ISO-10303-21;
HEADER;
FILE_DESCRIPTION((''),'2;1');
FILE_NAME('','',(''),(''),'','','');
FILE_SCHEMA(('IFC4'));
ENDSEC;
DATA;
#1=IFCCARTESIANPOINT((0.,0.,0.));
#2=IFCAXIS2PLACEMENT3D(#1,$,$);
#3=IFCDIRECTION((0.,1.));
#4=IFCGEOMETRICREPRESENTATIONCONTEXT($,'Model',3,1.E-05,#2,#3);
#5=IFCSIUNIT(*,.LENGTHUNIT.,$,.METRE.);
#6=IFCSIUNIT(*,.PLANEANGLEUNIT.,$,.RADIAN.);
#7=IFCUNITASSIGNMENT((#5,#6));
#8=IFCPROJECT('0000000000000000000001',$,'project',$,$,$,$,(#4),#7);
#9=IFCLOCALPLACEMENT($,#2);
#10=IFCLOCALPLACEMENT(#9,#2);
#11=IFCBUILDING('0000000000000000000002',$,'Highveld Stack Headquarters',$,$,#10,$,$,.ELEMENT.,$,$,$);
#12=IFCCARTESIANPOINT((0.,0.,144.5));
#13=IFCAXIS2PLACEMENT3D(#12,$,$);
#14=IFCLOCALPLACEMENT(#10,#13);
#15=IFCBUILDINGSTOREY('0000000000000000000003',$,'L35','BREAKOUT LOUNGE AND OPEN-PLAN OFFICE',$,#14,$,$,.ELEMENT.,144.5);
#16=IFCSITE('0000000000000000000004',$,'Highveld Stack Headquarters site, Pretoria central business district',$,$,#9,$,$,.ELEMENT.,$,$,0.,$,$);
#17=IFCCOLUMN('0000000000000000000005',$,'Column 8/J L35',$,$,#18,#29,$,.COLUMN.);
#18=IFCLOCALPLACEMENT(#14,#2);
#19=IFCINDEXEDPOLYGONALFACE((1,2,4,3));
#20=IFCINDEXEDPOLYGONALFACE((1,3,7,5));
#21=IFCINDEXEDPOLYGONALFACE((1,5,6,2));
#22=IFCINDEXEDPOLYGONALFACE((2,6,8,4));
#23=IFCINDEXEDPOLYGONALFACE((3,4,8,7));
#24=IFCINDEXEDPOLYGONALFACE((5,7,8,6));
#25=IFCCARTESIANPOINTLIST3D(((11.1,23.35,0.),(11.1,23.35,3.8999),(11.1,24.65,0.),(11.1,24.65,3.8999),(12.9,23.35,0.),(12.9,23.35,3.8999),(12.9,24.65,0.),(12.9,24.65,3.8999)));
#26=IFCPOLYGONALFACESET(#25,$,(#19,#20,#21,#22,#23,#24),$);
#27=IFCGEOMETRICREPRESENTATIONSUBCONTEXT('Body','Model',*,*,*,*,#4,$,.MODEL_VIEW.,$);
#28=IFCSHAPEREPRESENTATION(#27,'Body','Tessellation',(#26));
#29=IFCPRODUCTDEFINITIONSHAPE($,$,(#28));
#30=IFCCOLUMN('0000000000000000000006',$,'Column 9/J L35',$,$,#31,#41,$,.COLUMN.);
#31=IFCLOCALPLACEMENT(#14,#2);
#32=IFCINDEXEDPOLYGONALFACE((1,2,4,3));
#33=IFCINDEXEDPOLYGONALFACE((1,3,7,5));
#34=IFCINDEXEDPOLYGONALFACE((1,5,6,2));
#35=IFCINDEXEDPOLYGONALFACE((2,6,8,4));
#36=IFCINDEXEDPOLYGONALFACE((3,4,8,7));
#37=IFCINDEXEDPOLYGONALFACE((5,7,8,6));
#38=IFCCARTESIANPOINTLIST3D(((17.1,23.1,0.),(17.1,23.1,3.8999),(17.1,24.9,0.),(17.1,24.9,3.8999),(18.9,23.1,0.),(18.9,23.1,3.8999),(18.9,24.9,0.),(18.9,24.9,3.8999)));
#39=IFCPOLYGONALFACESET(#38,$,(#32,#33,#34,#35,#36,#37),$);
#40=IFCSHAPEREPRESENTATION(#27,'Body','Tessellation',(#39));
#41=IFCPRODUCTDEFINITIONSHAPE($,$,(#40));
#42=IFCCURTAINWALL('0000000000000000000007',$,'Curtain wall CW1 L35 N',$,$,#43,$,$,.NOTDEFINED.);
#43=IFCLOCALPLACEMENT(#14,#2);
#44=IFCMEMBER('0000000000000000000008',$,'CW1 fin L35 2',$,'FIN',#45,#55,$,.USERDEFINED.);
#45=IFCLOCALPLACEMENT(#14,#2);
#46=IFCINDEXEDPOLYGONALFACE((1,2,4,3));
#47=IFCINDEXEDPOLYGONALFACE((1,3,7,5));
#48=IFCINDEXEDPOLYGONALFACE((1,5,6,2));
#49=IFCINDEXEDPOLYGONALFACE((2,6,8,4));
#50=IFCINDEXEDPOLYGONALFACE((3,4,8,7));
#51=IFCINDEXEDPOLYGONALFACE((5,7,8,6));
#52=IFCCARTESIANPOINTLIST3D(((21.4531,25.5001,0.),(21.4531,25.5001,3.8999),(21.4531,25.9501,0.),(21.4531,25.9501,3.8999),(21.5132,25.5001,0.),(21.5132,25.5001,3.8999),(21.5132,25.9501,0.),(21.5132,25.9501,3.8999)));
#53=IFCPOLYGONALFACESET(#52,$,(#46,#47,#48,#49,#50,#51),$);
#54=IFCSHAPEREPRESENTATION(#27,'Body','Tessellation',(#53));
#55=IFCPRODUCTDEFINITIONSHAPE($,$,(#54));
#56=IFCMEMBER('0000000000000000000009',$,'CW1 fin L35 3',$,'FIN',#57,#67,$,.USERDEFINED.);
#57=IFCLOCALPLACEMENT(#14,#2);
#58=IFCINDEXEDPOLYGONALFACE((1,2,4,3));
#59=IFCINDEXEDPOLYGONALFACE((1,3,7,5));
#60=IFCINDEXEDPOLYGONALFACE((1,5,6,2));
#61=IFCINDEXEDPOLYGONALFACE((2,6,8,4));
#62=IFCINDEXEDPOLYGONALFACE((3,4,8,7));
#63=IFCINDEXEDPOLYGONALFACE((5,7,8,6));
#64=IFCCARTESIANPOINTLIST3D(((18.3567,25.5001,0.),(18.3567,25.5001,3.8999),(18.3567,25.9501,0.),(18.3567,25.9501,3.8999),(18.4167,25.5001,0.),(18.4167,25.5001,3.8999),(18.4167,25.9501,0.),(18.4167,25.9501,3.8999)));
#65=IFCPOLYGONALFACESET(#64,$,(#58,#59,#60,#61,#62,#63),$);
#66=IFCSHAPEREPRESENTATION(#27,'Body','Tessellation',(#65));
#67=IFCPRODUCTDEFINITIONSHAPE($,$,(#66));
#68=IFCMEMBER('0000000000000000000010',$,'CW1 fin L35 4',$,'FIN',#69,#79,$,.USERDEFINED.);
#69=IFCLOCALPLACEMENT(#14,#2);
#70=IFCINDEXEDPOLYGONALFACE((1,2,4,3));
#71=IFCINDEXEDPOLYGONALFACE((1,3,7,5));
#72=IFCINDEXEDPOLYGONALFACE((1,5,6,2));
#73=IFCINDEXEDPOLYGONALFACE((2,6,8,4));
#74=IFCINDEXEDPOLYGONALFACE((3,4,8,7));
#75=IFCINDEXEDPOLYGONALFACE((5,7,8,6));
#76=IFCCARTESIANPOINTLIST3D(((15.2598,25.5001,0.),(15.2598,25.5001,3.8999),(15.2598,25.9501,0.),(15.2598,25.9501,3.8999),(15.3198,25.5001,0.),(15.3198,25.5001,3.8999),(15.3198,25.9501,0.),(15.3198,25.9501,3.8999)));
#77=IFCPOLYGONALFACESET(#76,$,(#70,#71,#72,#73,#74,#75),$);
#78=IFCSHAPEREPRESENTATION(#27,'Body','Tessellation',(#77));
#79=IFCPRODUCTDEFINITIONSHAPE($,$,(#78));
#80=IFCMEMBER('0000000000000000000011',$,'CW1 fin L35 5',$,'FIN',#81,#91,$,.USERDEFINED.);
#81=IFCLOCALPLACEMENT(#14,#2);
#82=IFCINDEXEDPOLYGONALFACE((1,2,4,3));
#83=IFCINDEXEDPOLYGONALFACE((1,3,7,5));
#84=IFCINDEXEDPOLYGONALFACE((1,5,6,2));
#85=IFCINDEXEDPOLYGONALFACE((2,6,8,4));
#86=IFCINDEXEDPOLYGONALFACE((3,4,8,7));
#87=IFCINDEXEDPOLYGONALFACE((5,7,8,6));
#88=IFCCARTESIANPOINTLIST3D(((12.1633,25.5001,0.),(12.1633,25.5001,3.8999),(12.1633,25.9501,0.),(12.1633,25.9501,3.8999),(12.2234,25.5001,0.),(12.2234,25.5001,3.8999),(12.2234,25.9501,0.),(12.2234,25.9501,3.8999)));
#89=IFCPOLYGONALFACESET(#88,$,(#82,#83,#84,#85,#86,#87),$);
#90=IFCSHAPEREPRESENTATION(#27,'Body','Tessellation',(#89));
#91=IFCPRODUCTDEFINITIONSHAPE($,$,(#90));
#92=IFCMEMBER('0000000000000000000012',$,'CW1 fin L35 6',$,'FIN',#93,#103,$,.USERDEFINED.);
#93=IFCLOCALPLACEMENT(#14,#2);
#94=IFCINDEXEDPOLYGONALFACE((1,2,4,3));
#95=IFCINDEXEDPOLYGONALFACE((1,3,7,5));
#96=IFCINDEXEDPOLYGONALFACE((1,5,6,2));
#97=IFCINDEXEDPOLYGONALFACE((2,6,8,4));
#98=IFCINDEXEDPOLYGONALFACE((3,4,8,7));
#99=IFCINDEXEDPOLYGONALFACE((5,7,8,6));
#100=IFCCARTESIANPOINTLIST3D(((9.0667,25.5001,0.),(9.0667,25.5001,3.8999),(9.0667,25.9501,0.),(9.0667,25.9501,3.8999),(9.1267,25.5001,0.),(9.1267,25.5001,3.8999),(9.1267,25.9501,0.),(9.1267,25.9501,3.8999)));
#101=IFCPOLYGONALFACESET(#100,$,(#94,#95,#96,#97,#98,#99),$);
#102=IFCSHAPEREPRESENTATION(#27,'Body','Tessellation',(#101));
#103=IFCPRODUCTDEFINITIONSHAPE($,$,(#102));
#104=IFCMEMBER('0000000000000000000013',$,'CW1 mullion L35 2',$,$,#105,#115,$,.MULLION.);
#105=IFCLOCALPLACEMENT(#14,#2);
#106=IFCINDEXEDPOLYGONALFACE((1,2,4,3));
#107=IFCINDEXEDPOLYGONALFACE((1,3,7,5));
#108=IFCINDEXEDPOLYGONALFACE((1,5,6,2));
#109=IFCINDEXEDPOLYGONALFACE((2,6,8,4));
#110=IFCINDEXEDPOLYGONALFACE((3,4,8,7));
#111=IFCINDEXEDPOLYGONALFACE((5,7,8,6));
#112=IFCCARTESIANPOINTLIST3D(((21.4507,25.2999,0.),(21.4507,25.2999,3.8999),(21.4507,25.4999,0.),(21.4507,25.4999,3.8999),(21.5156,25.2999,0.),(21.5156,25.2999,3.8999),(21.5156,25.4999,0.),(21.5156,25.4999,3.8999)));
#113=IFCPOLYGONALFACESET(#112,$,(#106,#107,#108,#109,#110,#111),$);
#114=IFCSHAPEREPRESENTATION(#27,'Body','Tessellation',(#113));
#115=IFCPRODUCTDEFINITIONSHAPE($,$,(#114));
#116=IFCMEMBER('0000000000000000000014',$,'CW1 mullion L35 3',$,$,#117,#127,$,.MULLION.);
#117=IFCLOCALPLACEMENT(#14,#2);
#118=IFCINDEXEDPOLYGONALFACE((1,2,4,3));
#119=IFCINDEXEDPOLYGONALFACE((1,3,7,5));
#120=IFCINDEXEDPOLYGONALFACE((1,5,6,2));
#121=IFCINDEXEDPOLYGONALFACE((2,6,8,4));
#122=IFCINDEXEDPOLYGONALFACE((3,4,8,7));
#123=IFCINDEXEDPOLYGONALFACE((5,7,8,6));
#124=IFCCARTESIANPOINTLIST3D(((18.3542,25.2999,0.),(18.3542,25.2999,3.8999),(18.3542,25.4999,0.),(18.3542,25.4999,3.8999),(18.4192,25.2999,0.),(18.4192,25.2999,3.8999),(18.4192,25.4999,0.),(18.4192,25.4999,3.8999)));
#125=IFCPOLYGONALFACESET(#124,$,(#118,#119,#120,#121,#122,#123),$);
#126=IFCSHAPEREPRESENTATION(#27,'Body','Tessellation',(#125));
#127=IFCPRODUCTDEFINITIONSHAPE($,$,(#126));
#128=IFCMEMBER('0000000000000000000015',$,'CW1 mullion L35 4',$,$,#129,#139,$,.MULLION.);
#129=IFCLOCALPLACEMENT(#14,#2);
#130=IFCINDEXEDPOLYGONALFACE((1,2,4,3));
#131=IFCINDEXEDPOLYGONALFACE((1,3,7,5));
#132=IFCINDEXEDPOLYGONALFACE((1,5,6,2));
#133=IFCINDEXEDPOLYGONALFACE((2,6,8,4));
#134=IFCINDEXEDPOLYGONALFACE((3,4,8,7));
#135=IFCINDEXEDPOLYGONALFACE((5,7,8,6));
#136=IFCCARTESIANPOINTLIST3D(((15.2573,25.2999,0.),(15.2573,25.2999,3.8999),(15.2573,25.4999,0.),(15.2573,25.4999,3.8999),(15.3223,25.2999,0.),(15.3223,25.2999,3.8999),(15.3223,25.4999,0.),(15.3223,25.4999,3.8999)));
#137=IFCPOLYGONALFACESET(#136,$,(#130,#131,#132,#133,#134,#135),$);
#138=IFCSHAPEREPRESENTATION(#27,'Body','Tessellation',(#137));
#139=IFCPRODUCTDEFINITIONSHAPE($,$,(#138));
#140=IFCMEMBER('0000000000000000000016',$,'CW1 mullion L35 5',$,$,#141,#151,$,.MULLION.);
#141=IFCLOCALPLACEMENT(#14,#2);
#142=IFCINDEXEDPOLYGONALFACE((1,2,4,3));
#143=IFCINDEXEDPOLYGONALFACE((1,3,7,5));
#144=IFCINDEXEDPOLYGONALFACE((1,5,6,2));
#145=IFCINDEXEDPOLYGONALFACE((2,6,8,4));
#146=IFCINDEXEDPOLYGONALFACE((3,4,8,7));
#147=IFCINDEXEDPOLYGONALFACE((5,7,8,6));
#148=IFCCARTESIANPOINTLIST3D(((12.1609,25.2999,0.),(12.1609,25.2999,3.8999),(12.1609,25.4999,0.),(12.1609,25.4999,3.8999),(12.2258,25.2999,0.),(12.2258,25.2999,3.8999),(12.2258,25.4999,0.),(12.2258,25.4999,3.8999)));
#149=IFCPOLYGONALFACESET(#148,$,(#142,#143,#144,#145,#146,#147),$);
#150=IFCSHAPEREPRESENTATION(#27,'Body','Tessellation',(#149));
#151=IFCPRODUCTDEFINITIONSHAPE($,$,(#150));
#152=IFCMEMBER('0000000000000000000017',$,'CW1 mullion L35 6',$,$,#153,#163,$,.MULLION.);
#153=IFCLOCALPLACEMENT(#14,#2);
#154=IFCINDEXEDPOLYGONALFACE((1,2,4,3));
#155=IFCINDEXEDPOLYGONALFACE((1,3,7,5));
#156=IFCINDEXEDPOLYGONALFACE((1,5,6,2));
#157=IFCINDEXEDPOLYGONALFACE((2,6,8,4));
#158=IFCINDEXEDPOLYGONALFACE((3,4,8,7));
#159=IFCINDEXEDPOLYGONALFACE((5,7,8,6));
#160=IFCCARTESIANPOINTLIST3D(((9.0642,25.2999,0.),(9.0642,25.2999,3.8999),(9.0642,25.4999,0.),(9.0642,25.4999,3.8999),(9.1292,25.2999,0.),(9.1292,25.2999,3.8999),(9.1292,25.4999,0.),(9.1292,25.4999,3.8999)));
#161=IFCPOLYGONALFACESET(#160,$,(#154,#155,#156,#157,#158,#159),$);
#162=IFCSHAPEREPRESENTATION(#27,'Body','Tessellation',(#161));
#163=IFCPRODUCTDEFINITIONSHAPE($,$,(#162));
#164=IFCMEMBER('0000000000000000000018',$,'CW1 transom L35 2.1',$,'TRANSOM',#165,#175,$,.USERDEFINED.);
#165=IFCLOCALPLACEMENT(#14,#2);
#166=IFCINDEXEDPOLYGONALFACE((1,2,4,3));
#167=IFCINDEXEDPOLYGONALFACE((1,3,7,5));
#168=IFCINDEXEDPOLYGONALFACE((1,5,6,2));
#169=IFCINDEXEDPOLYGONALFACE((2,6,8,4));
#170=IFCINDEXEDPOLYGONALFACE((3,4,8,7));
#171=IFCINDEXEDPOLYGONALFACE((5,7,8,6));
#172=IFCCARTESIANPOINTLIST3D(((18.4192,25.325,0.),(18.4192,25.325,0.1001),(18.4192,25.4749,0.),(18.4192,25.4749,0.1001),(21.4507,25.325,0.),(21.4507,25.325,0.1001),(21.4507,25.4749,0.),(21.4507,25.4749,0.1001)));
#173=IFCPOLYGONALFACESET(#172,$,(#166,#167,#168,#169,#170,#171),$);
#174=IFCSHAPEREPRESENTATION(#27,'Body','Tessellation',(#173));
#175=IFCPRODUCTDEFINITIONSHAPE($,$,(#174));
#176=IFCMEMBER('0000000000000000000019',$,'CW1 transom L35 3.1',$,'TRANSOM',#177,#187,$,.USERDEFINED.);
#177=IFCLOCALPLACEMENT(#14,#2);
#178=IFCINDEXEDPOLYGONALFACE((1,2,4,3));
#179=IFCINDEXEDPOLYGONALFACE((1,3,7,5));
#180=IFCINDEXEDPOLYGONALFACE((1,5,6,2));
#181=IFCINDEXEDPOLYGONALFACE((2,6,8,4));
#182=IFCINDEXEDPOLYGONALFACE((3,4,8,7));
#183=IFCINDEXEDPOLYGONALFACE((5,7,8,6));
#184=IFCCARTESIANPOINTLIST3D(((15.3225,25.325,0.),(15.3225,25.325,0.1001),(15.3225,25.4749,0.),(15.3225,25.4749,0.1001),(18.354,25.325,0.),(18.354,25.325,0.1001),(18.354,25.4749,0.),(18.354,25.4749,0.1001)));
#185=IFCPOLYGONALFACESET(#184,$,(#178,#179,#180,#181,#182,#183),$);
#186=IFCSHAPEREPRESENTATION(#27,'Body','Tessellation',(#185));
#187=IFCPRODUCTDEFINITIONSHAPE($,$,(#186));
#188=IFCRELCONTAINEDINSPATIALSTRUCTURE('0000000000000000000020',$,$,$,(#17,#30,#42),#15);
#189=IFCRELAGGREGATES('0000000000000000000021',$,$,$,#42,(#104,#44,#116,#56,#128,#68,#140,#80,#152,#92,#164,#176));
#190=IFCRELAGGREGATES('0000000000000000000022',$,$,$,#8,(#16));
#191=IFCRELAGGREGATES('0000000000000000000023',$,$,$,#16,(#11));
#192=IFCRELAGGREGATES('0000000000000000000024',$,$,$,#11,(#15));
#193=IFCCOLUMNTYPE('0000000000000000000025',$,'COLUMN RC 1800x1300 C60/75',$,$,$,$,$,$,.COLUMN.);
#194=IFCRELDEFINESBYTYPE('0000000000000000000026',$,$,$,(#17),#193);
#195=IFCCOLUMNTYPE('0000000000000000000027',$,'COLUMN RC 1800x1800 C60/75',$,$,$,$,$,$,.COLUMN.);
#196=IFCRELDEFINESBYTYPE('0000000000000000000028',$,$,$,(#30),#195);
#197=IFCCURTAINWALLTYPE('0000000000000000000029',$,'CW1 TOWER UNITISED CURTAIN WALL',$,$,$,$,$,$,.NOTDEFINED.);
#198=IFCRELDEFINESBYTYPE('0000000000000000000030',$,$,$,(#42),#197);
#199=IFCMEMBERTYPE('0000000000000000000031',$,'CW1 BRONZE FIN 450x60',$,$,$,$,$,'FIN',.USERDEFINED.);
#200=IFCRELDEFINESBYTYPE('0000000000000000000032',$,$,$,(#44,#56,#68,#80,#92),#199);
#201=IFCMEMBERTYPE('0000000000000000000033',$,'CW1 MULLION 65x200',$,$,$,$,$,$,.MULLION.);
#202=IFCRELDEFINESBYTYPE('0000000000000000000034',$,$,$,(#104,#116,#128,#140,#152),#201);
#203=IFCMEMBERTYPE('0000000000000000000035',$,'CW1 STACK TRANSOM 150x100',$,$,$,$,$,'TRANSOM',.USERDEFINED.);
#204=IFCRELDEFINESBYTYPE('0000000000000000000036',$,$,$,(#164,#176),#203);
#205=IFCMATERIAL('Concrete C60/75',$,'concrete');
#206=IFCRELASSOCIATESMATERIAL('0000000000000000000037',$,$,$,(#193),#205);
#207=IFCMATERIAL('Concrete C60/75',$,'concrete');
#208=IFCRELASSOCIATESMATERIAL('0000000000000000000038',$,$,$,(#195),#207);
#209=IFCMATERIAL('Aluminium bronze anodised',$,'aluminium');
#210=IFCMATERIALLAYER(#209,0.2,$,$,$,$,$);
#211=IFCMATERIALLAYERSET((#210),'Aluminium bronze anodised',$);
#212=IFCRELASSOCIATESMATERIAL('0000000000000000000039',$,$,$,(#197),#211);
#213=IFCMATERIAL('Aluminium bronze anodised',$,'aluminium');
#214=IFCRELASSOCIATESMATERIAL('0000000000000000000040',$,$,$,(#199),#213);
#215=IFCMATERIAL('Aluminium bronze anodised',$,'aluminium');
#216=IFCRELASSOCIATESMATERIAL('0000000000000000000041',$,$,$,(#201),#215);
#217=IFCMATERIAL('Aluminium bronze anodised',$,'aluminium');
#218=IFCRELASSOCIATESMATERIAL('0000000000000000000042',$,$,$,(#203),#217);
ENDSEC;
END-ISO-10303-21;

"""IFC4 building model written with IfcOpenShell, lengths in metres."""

from ifc_helpers import new_model, si_unit, direction, frame, origin, origin_2d, place, context, subcontext, project, spatial, rectangle, extrude, material, layer, layer_set, material_profile, profile_set, type_object, element, aggregate, save


model = new_model("IFC4")

# Units and contexts
model_context = context("Model", 3, precision=1e-05, world=origin(), true_north=direction((0.0, 1.0)))
body_context = subcontext(model_context, "Body", "Model", "MODEL_VIEW")
ifc_project = project(units=[si_unit("LENGTHUNIT", "METRE"), si_unit("PLANEANGLEUNIT", "RADIAN")], contexts=[model_context])

# Site, building, storey
site_placement = place(None, origin())
site = spatial("IfcSite", under=ifc_project, at=site_placement, Name="Highveld Stack Headquarters site, Pretoria central business district", CompositionType="ELEMENT", RefElevation=0.0)
building_placement = place(site_placement, origin())
building = spatial("IfcBuilding", under=site, at=building_placement, Name="Highveld Stack Headquarters", CompositionType="ELEMENT")
storey_placement = place(building_placement, frame((0.0, 0.0, 144.5)))
storey = spatial("IfcBuildingStorey", under=building, at=storey_placement, Name="L35", Description="BREAKOUT LOUNGE AND OPEN-PLAN OFFICE", CompositionType="ELEMENT", Elevation=144.5)

# Columns
ifc_material_1 = material(Name="Concrete C60/75", Category="concrete")
ifc_material_profile_1 = material_profile(ifc_material_1, rectangle(XDim=1.8, YDim=1.3, at=origin_2d()), Name="RC 1800x1300")
ifc_profile_set_1 = profile_set([ifc_material_profile_1], Name="Concrete C60/75")
column_type_1 = type_object("IfcColumnType", Name="COLUMN RC 1800x1300 C60/75", PredefinedType="COLUMN", material=ifc_profile_set_1)
column_1_placement = place(storey_placement, frame((12.0, 24.0, 0.0), z_axis=(0.0, 0.0, 1.0), x_axis=(1.0, 0.0, 0.0)))
element("IfcColumn", 1, at=column_1_placement, inside=storey, type_object=column_type_1, Name="Column 8/J L35", PredefinedType="COLUMN", context=body_context, shape_type="SweptSolid", body=[
    extrude(rectangle(XDim=1.8, YDim=1.3, at=origin_2d()), origin(), (0.0, 0.0, 1.0), 3.8999),
])
ifc_material_2 = material(Name="Concrete C60/75", Category="concrete")
ifc_material_profile_2 = material_profile(ifc_material_2, rectangle(XDim=1.8, YDim=1.8, at=origin_2d()), Name="RC 1800x1800")
ifc_profile_set_2 = profile_set([ifc_material_profile_2], Name="Concrete C60/75")
column_type_2 = type_object("IfcColumnType", Name="COLUMN RC 1800x1800 C60/75", PredefinedType="COLUMN", material=ifc_profile_set_2)
column_2_placement = place(storey_placement, frame((18.0, 24.0, 0.0), z_axis=(0.0, 0.0, 1.0), x_axis=(1.0, 0.0, 0.0)))
element("IfcColumn", 2, at=column_2_placement, inside=storey, type_object=column_type_2, Name="Column 9/J L35", PredefinedType="COLUMN", context=body_context, shape_type="SweptSolid", body=[
    extrude(rectangle(XDim=1.8, YDim=1.8, at=origin_2d()), origin(), (0.0, 0.0, 1.0), 3.8999),
])

# Curtain wall, members
ifc_material_3 = material(Name="Aluminium bronze anodised", Category="aluminium")
ifc_layer_1 = layer(ifc_material_3, 0.2)
ifc_layer_set_1 = layer_set([ifc_layer_1], Name="Aluminium bronze anodised")
curtain_wall_type = type_object("IfcCurtainWallType", Name="CW1 TOWER UNITISED CURTAIN WALL", PredefinedType="NOTDEFINED", material=ifc_layer_set_1)
curtain_wall_placement = place(storey_placement, origin())
curtain_wall = element("IfcCurtainWall", 3, at=curtain_wall_placement, inside=storey, type_object=curtain_wall_type, Name="Curtain wall CW1 L35 N", PredefinedType="NOTDEFINED")
ifc_material_4 = material(Name="Aluminium bronze anodised", Category="aluminium")
ifc_material_profile_3 = material_profile(ifc_material_4, rectangle(XDim=0.45, YDim=0.0601, at=origin_2d()), Name="FIN 450x60")
ifc_profile_set_3 = profile_set([ifc_material_profile_3], Name="Aluminium bronze anodised")
member_type_1 = type_object("IfcMemberType", Name="CW1 BRONZE FIN 450x60", ElementType="FIN", PredefinedType="USERDEFINED", material=ifc_profile_set_3)
member_1_placement = place(storey_placement, frame((21.4832, 25.7251, 0.0), z_axis=(0.0, 0.0, 1.0), x_axis=(0.0, -1.0, 0.0)))
member_1 = element("IfcMember", 4, at=member_1_placement, type_object=member_type_1, Name="CW1 fin L35 2", ObjectType="FIN", PredefinedType="USERDEFINED", context=body_context, shape_type="SweptSolid", body=[
    extrude(rectangle(XDim=0.45, YDim=0.0601, at=origin_2d()), origin(), (0.0, 0.0, 1.0), 3.8999),
])
member_2_placement = place(storey_placement, frame((18.3867, 25.7251, 0.0), z_axis=(0.0, 0.0, 1.0), x_axis=(0.0, -1.0, 0.0)))
member_2 = element("IfcMember", 5, at=member_2_placement, type_object=member_type_1, Name="CW1 fin L35 3", ObjectType="FIN", PredefinedType="USERDEFINED", context=body_context, shape_type="SweptSolid", body=[
    extrude(rectangle(XDim=0.45, YDim=0.0601, at=origin_2d()), origin(), (0.0, 0.0, 1.0), 3.8999),
])
member_3_placement = place(storey_placement, frame((15.2898, 25.7251, 0.0), z_axis=(0.0, 0.0, 1.0), x_axis=(0.0, -1.0, 0.0)))
member_3 = element("IfcMember", 6, at=member_3_placement, type_object=member_type_1, Name="CW1 fin L35 4", ObjectType="FIN", PredefinedType="USERDEFINED", context=body_context, shape_type="SweptSolid", body=[
    extrude(rectangle(XDim=0.45, YDim=0.0601, at=origin_2d()), origin(), (0.0, 0.0, 1.0), 3.8999),
])
member_4_placement = place(storey_placement, frame((12.1934, 25.7251, 0.0), z_axis=(0.0, 0.0, 1.0), x_axis=(0.0, -1.0, 0.0)))
member_4 = element("IfcMember", 7, at=member_4_placement, type_object=member_type_1, Name="CW1 fin L35 5", ObjectType="FIN", PredefinedType="USERDEFINED", context=body_context, shape_type="SweptSolid", body=[
    extrude(rectangle(XDim=0.45, YDim=0.0601, at=origin_2d()), origin(), (0.0, 0.0, 1.0), 3.8999),
])
member_5_placement = place(storey_placement, frame((9.0967, 25.7251, 0.0), z_axis=(0.0, 0.0, 1.0), x_axis=(0.0, -1.0, 0.0)))
member_5 = element("IfcMember", 8, at=member_5_placement, type_object=member_type_1, Name="CW1 fin L35 6", ObjectType="FIN", PredefinedType="USERDEFINED", context=body_context, shape_type="SweptSolid", body=[
    extrude(rectangle(XDim=0.45, YDim=0.0601, at=origin_2d()), origin(), (0.0, 0.0, 1.0), 3.8999),
])
ifc_material_5 = material(Name="Aluminium bronze anodised", Category="aluminium")
ifc_material_profile_4 = material_profile(ifc_material_5, rectangle(XDim=0.2, YDim=0.0649, at=origin_2d()), Name="CW1 MULLION 65x200")
ifc_profile_set_4 = profile_set([ifc_material_profile_4], Name="Aluminium bronze anodised")
member_type_2 = type_object("IfcMemberType", Name="CW1 MULLION 65x200", PredefinedType="MULLION", material=ifc_profile_set_4)
member_6_placement = place(storey_placement, frame((21.4832, 25.3999, 0.0), z_axis=(0.0, 0.0, 1.0), x_axis=(0.0, -1.0, 0.0)))
member_6 = element("IfcMember", 9, at=member_6_placement, type_object=member_type_2, Name="CW1 mullion L35 2", PredefinedType="MULLION", context=body_context, shape_type="SweptSolid", body=[
    extrude(rectangle(XDim=0.2, YDim=0.0649, at=origin_2d()), origin(), (0.0, 0.0, 1.0), 3.8999),
])
member_7_placement = place(storey_placement, frame((18.3867, 25.3999, 0.0), z_axis=(0.0, 0.0, 1.0), x_axis=(0.0, -1.0, 0.0)))
member_7 = element("IfcMember", 10, at=member_7_placement, type_object=member_type_2, Name="CW1 mullion L35 3", PredefinedType="MULLION", context=body_context, shape_type="SweptSolid", body=[
    extrude(rectangle(XDim=0.2, YDim=0.0649, at=origin_2d()), origin(), (0.0, 0.0, 1.0), 3.8999),
])
member_8_placement = place(storey_placement, frame((15.2898, 25.3999, 0.0), z_axis=(0.0, 0.0, 1.0), x_axis=(0.0, -1.0, 0.0)))
member_8 = element("IfcMember", 11, at=member_8_placement, type_object=member_type_2, Name="CW1 mullion L35 4", PredefinedType="MULLION", context=body_context, shape_type="SweptSolid", body=[
    extrude(rectangle(XDim=0.2, YDim=0.0649, at=origin_2d()), origin(), (0.0, 0.0, 1.0), 3.8999),
])
member_9_placement = place(storey_placement, frame((12.1934, 25.3999, 0.0), z_axis=(0.0, 0.0, 1.0), x_axis=(0.0, -1.0, 0.0)))
member_9 = element("IfcMember", 12, at=member_9_placement, type_object=member_type_2, Name="CW1 mullion L35 5", PredefinedType="MULLION", context=body_context, shape_type="SweptSolid", body=[
    extrude(rectangle(XDim=0.2, YDim=0.0649, at=origin_2d()), origin(), (0.0, 0.0, 1.0), 3.8999),
])
member_10_placement = place(storey_placement, frame((9.0967, 25.3999, 0.0), z_axis=(0.0, 0.0, 1.0), x_axis=(0.0, -1.0, 0.0)))
member_10 = element("IfcMember", 13, at=member_10_placement, type_object=member_type_2, Name="CW1 mullion L35 6", PredefinedType="MULLION", context=body_context, shape_type="SweptSolid", body=[
    extrude(rectangle(XDim=0.2, YDim=0.0649, at=origin_2d()), origin(), (0.0, 0.0, 1.0), 3.8999),
])
ifc_material_6 = material(Name="Aluminium bronze anodised", Category="aluminium")
ifc_material_profile_5 = material_profile(ifc_material_6, rectangle(XDim=0.1499, YDim=0.1001, at=origin_2d()), Name="CW1 TRANSOM 150x100")
ifc_profile_set_5 = profile_set([ifc_material_profile_5], Name="Aluminium bronze anodised")
member_type_3 = type_object("IfcMemberType", Name="CW1 STACK TRANSOM 150x100", ElementType="TRANSOM", PredefinedType="USERDEFINED", material=ifc_profile_set_5)
member_11_placement = place(storey_placement, frame((21.4507, 25.3999, 0.05), z_axis=(-1.0, 0.0, 0.0), x_axis=(0.0, -1.0, 0.0)))
member_11 = element("IfcMember", 14, at=member_11_placement, type_object=member_type_3, Name="CW1 transom L35 2.1", ObjectType="TRANSOM", PredefinedType="USERDEFINED", context=body_context, shape_type="SweptSolid", body=[
    extrude(rectangle(XDim=0.1499, YDim=0.1001, at=origin_2d()), origin(), (0.0, 0.0, 1.0), 3.0315),
])
member_12_placement = place(storey_placement, frame((18.354, 25.3999, 0.05), z_axis=(-1.0, 0.0, 0.0), x_axis=(0.0, -1.0, 0.0)))
member_12 = element("IfcMember", 15, at=member_12_placement, type_object=member_type_3, Name="CW1 transom L35 3.1", ObjectType="TRANSOM", PredefinedType="USERDEFINED", context=body_context, shape_type="SweptSolid", body=[
    extrude(rectangle(XDim=0.1499, YDim=0.1001, at=origin_2d()), origin(), (0.0, 0.0, 1.0), 3.0315),
])
aggregate(curtain_wall, [member_6, member_1, member_7, member_2, member_8, member_3, member_9, member_4, member_10, member_5, member_11, member_12])

save(model, "model.ifc")
